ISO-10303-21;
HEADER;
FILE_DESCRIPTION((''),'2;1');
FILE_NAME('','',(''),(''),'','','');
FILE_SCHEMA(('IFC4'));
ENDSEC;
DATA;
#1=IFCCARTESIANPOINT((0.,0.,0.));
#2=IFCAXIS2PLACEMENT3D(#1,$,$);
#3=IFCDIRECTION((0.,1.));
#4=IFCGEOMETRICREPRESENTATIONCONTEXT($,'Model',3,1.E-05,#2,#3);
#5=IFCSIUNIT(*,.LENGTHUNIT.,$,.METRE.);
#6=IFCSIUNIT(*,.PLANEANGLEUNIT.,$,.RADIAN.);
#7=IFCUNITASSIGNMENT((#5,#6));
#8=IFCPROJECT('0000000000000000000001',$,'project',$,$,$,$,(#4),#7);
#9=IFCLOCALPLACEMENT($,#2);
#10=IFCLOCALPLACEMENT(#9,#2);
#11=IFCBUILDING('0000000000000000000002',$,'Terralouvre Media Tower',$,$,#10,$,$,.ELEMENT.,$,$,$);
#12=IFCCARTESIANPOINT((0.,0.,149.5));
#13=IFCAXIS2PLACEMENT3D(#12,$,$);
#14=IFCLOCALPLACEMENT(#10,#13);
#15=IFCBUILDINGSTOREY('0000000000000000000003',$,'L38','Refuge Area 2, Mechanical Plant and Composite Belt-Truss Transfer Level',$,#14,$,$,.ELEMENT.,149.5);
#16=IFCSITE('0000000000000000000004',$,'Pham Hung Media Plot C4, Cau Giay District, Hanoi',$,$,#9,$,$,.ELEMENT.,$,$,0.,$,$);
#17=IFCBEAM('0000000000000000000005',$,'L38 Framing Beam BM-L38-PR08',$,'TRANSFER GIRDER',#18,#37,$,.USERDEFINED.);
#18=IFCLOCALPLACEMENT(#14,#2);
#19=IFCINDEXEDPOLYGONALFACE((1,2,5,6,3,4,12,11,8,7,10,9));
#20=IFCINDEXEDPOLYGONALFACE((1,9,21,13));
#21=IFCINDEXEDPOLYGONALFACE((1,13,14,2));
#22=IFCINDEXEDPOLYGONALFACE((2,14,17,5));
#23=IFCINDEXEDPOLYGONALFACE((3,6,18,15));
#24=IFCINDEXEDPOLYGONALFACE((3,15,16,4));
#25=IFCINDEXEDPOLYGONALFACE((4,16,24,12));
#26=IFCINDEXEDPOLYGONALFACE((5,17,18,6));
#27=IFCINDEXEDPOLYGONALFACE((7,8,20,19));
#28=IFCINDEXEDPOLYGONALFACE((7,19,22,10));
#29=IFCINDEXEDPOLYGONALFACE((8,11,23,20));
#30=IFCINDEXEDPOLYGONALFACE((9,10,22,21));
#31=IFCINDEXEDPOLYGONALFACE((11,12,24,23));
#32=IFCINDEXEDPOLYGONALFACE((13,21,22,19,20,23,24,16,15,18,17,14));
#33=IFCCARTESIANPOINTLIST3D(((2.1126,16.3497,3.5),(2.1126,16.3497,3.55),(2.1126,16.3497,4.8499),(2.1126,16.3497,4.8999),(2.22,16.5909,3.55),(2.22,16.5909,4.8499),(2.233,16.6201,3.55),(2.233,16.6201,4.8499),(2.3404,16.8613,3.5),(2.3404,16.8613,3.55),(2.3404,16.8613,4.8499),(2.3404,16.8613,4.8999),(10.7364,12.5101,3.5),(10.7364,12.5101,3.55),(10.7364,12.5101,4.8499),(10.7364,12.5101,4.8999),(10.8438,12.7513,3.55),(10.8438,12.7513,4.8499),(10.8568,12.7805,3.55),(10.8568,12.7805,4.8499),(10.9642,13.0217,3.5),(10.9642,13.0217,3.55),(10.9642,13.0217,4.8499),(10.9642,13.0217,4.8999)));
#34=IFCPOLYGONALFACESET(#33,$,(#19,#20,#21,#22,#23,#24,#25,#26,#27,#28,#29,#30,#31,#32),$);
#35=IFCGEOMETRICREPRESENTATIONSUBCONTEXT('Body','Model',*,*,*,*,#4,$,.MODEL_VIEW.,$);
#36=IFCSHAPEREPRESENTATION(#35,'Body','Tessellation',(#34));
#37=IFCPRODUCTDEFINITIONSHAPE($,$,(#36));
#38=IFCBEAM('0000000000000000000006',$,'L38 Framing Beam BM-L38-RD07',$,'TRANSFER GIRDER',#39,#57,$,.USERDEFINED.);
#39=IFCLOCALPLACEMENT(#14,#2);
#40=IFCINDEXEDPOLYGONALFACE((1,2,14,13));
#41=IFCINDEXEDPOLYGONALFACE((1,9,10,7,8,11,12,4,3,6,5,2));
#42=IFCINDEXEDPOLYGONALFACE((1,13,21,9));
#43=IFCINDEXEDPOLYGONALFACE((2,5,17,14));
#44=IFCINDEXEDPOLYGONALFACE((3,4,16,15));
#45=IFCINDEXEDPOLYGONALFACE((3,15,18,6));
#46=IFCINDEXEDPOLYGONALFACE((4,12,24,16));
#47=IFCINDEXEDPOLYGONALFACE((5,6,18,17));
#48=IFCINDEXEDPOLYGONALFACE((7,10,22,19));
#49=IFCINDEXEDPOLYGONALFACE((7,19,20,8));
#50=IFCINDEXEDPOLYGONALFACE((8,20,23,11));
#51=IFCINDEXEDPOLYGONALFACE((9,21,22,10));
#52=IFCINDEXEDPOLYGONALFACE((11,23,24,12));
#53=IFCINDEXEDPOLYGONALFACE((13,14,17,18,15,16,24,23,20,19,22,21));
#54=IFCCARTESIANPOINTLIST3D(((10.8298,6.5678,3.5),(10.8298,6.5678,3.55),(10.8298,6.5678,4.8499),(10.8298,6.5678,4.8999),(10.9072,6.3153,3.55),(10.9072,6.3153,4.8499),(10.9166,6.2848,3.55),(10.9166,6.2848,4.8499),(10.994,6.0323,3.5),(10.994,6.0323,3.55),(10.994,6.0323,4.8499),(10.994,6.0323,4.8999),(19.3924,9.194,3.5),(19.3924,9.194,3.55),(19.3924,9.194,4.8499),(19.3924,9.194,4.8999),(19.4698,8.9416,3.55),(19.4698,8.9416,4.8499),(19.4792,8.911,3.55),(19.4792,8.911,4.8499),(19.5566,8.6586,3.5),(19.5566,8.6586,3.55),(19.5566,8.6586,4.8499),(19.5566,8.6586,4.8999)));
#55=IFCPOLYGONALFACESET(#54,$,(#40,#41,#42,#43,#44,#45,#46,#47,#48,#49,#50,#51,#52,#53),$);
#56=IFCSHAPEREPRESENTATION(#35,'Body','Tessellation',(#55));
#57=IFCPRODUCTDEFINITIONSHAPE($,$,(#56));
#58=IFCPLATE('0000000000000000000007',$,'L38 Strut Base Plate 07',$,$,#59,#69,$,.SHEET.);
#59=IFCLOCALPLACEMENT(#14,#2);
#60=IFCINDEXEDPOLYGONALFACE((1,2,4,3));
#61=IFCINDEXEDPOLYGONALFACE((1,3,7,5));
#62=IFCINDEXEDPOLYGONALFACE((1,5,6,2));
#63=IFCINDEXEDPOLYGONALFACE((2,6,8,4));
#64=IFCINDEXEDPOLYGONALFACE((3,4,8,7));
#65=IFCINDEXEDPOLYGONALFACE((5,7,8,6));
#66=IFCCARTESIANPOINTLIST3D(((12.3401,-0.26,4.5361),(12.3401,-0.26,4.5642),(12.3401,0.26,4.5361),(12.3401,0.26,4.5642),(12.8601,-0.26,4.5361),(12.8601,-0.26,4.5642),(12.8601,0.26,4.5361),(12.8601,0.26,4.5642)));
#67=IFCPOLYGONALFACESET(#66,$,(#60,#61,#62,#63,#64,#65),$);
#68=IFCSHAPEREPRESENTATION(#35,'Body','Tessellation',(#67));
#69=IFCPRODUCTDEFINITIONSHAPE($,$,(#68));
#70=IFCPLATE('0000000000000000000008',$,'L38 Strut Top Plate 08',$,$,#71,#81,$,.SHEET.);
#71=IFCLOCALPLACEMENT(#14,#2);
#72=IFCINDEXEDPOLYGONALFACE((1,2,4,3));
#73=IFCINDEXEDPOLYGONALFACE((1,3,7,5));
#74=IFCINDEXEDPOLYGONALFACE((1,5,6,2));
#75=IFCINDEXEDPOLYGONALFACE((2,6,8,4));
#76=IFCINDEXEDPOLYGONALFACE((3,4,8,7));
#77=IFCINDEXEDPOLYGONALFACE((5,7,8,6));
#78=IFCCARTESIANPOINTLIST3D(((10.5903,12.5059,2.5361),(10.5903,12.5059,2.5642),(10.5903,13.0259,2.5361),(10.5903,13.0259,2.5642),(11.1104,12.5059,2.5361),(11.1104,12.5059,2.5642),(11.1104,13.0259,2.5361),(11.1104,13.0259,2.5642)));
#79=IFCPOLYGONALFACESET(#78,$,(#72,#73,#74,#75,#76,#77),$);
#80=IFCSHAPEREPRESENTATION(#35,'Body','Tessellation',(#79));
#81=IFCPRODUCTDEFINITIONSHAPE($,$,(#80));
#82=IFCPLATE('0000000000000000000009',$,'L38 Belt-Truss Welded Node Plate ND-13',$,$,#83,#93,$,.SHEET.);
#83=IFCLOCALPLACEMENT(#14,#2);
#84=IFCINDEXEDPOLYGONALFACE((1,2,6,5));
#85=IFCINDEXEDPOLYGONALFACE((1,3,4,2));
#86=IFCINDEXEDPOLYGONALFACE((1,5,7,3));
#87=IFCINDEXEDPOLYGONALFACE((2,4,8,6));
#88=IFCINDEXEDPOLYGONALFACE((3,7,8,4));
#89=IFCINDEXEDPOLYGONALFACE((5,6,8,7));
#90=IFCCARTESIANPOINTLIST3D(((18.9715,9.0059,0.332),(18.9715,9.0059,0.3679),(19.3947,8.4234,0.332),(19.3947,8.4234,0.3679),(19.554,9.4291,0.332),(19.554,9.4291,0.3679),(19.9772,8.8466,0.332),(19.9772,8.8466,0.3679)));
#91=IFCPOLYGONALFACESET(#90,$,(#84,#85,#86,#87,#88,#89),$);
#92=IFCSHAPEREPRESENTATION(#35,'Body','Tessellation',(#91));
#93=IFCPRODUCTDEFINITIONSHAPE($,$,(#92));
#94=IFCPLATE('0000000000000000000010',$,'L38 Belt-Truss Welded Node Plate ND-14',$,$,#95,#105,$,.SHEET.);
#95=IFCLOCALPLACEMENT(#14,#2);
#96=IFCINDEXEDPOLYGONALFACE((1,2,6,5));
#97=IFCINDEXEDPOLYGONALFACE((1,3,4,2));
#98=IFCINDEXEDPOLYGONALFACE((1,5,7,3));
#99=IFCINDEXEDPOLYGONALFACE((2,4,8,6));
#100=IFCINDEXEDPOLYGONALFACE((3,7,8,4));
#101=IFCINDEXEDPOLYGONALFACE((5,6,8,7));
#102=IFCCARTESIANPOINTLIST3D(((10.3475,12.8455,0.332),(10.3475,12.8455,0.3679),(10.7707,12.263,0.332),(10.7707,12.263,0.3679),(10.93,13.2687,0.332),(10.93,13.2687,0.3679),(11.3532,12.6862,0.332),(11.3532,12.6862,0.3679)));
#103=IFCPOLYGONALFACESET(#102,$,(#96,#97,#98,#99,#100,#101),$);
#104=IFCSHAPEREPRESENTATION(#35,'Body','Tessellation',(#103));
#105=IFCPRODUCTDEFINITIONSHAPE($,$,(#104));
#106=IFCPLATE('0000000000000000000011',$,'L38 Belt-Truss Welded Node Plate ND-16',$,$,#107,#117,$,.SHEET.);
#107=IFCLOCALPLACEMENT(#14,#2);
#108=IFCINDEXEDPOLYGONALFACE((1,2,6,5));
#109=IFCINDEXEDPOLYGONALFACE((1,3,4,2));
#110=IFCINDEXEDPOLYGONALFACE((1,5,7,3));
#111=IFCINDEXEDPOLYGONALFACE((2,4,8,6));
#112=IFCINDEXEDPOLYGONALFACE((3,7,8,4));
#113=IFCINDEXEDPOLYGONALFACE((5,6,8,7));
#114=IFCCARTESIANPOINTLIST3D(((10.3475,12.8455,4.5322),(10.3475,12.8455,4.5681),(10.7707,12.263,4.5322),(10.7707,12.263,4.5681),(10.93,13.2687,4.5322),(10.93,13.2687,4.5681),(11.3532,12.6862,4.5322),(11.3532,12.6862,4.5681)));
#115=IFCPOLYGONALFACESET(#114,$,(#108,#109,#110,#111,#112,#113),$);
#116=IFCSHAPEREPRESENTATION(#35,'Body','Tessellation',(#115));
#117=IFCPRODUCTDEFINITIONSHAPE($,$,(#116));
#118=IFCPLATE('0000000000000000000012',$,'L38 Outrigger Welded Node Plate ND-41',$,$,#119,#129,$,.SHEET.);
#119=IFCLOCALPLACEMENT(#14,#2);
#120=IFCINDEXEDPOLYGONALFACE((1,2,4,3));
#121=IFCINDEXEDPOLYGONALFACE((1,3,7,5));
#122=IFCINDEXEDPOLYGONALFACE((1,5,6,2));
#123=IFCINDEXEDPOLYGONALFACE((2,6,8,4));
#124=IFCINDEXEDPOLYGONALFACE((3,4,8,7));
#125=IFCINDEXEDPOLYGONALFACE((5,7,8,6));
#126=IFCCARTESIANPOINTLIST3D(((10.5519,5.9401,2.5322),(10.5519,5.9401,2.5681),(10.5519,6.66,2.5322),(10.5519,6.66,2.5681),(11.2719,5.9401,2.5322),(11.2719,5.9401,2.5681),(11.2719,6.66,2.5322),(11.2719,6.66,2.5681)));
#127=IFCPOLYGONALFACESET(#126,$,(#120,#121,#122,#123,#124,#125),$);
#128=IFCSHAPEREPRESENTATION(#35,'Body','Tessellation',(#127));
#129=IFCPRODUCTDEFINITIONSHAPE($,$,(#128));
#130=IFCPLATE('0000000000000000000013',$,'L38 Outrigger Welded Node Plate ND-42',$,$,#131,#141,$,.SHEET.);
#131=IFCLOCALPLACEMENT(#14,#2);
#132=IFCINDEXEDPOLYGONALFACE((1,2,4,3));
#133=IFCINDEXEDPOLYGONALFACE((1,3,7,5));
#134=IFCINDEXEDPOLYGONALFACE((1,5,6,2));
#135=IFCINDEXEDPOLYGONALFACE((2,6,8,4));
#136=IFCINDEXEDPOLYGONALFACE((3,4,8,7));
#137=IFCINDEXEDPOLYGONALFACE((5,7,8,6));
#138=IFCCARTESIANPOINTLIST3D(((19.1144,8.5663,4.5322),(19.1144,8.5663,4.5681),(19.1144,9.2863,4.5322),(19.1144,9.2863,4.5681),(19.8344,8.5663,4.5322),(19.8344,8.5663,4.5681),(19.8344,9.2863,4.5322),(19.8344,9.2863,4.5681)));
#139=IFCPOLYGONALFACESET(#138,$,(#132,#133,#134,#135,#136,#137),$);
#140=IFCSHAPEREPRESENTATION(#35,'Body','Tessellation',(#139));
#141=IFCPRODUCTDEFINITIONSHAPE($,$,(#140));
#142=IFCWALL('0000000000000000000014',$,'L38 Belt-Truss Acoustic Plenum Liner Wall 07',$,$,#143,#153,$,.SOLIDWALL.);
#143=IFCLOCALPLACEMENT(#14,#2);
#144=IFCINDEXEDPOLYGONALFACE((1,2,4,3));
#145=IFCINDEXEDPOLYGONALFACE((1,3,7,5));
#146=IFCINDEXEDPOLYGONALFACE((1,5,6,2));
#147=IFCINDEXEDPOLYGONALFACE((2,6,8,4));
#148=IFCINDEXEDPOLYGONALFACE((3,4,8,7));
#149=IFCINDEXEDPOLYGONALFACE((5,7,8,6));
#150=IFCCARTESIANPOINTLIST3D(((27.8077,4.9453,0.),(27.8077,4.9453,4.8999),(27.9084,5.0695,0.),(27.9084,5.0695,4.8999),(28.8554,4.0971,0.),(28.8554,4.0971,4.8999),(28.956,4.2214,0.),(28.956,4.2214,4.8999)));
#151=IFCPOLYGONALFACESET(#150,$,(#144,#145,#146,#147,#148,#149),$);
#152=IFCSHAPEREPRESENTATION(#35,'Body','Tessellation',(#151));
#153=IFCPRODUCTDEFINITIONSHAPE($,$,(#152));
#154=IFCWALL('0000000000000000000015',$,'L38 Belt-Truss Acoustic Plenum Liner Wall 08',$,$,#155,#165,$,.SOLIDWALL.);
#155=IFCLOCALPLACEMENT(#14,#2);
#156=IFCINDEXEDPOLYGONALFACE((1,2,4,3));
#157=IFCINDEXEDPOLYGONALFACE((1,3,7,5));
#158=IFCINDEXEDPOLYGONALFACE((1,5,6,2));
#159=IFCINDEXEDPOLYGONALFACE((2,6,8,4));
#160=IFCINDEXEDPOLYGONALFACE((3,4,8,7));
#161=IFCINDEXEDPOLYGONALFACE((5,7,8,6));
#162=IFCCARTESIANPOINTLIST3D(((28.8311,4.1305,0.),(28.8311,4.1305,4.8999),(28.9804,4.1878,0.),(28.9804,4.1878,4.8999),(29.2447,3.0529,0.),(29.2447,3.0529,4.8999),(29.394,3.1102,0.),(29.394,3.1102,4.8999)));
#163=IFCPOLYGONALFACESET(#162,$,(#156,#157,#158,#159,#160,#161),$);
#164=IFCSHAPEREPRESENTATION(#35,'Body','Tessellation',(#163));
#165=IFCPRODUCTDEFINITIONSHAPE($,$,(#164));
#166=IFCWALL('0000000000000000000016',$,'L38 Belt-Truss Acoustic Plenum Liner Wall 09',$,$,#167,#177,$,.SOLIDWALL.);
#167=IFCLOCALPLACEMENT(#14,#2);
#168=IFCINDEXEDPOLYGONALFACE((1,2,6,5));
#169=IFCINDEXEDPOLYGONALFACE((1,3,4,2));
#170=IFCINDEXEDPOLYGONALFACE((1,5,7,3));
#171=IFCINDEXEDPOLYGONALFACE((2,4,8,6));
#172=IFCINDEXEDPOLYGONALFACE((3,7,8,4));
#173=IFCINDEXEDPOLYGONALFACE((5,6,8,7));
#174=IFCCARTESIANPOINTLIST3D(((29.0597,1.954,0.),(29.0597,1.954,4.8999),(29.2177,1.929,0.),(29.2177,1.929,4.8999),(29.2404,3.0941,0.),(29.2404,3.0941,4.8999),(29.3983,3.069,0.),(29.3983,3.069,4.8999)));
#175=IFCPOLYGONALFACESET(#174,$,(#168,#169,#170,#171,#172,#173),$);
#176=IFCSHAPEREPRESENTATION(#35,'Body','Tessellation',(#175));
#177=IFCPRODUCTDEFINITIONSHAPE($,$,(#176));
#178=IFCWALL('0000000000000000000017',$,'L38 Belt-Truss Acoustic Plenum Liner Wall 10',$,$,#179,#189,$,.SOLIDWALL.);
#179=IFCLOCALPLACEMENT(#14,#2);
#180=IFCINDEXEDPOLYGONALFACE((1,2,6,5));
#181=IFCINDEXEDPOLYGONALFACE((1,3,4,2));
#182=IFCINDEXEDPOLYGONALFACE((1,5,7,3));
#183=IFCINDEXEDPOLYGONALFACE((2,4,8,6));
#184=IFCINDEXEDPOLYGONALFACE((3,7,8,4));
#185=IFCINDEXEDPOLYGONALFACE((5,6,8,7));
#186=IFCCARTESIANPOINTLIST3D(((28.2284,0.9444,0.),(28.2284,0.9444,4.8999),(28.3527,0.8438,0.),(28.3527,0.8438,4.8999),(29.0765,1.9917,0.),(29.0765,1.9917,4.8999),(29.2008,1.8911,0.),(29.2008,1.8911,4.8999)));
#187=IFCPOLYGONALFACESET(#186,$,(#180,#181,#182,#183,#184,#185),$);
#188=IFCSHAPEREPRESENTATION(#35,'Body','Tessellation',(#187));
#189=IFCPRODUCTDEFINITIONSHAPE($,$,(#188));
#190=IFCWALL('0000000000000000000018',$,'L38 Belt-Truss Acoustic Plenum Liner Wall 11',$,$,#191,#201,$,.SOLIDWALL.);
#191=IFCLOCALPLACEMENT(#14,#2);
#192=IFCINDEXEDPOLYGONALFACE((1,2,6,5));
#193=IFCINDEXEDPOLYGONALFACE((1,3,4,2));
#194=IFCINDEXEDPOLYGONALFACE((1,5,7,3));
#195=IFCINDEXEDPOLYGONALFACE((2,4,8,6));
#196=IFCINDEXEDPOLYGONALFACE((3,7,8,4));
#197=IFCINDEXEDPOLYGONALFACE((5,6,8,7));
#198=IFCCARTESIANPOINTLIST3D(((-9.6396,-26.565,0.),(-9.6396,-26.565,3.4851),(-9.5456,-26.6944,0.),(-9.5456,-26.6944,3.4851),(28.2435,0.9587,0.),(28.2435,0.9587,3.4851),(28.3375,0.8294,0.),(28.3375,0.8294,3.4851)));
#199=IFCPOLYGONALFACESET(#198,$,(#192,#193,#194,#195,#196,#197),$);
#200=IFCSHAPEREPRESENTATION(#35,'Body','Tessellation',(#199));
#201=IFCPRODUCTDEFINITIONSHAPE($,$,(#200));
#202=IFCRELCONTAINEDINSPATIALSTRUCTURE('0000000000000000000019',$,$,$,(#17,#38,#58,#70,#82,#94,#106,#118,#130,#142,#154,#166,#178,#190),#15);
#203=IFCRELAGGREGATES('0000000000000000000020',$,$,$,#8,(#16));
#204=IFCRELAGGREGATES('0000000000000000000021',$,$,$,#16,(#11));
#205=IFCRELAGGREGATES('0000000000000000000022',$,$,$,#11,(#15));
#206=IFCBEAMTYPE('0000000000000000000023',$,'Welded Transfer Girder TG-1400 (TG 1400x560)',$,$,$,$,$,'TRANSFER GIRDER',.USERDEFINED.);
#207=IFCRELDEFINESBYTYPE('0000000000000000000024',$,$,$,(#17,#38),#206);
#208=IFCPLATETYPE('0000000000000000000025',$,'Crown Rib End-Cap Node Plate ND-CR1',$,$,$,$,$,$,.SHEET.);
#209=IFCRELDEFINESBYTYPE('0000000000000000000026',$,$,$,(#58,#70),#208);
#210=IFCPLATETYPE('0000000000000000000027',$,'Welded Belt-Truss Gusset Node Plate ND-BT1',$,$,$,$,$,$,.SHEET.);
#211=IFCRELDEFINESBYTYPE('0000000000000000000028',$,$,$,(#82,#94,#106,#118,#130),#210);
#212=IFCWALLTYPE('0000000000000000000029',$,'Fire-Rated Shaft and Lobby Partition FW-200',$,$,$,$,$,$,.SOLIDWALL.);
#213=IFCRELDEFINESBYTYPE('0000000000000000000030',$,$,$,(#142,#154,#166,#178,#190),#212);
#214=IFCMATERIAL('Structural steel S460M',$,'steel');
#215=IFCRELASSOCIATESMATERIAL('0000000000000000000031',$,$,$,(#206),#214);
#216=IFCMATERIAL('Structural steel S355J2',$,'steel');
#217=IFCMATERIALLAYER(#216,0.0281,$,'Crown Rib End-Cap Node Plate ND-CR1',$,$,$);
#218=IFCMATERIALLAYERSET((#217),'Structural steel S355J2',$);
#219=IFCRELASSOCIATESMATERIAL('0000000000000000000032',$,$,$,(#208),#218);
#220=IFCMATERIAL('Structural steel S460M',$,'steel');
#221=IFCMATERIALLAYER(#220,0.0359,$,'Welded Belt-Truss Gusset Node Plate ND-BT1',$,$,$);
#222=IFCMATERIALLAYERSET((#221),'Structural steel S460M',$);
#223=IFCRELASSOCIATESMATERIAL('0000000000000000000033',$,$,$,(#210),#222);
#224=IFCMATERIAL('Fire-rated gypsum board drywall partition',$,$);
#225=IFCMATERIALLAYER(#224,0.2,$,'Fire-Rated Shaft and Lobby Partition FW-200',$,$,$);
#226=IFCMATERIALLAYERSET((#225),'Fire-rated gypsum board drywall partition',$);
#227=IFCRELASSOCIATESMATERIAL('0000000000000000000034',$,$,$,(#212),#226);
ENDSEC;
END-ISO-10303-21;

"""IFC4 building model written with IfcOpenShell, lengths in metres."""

from ifc_helpers import new_model, si_unit, direction, frame, frame_2d, origin, origin_2d, place, context, subcontext, project, spatial, rectangle, i_section, extrude, material, layer, layer_set, material_profile, profile_set, type_object, element, save


model = new_model("IFC4")

# Units and contexts
model_context = context("Model", 3, precision=1e-05, world=origin(), true_north=direction((0.0, 1.0)))
body_context = subcontext(model_context, "Body", "Model", "MODEL_VIEW")
ifc_project = project(units=[si_unit("LENGTHUNIT", "METRE"), si_unit("PLANEANGLEUNIT", "RADIAN")], contexts=[model_context])

# Site, building, storey
site_placement = place(None, origin())
site = spatial("IfcSite", under=ifc_project, at=site_placement, Name="Pham Hung Media Plot C4, Cau Giay District, Hanoi", CompositionType="ELEMENT", RefElevation=0.0)
building_placement = place(site_placement, origin())
building = spatial("IfcBuilding", under=site, at=building_placement, Name="Terralouvre Media Tower", CompositionType="ELEMENT")
storey_placement = place(building_placement, frame((0.0, 0.0, 149.5)))
storey = spatial("IfcBuildingStorey", under=building, at=storey_placement, Name="L38", Description="Refuge Area 2, Mechanical Plant and Composite Belt-Truss Transfer Level", CompositionType="ELEMENT", Elevation=149.5)

# Beams
ifc_material_1 = material(Name="Structural steel S460M", Category="steel")
ifc_material_profile_1 = material_profile(ifc_material_1, i_section(OverallWidth=0.5601, OverallDepth=1.3999, WebThickness=0.032, FlangeThickness=0.05, at=origin_2d()), Name="TG 1400x560")
ifc_profile_set_1 = profile_set([ifc_material_profile_1], Name="Structural steel S460M")
beam_type_1 = type_object("IfcBeamType", Name="Welded Transfer Girder TG-1400 (TG 1400x560)", ElementType="TRANSFER GIRDER", PredefinedType="USERDEFINED", material=ifc_profile_set_1)
beam_1_placement = place(storey_placement, frame((10.8503, 12.7659, 4.2), z_axis=(-0.913544, 0.406741, 0.0), x_axis=(-0.406741, -0.913544, 0.0)))
element("IfcBeam", 1, at=beam_1_placement, inside=storey, type_object=beam_type_1, Name="L38 Framing Beam BM-L38-PR08", ObjectType="TRANSFER GIRDER", PredefinedType="USERDEFINED", context=body_context, shape_type="SweptSolid", body=[
    extrude(i_section(OverallWidth=0.5601, OverallDepth=1.3999, WebThickness=0.032, FlangeThickness=0.05, at=origin_2d()), origin(), (0.0, 0.0, 1.0), 9.4399),
])
beam_2_placement = place(storey_placement, frame((10.9119, 6.3, 4.2), z_axis=(0.956042, 0.293229, 0.0), x_axis=(-0.293229, 0.956042, 0.0)))
element("IfcBeam", 2, at=beam_2_placement, inside=storey, type_object=beam_type_1, Name="L38 Framing Beam BM-L38-RD07", ObjectType="TRANSFER GIRDER", PredefinedType="USERDEFINED", context=body_context, shape_type="SweptSolid", body=[
    extrude(i_section(OverallWidth=0.5601, OverallDepth=1.3999, WebThickness=0.032, FlangeThickness=0.05, at=origin_2d()), origin(), (0.0, 0.0, 1.0), 8.9563),
])

# Plates
ifc_material_2 = material(Name="Structural steel S355J2", Category="steel")
ifc_layer_1 = layer(ifc_material_2, 0.0281, Name="Crown Rib End-Cap Node Plate ND-CR1")
ifc_layer_set_1 = layer_set([ifc_layer_1], Name="Structural steel S355J2")
plate_type_1 = type_object("IfcPlateType", Name="Crown Rib End-Cap Node Plate ND-CR1", PredefinedType="SHEET", material=ifc_layer_set_1)
for number, where, z_axis, x_axis, name in (
    (3, (12.6001, 0.0, 4.5361), (0.0, 0.0, 1.0), (1.0, 0.0, 0.0), "L38 Strut Base Plate 07"),
    (4, (10.8503, 12.7659, 2.5361), (0.0, 0.0, 1.0), (1.0, 0.0, 0.0), "L38 Strut Top Plate 08"),
):
    element("IfcPlate", number, at=place(storey_placement, frame(where, z_axis=z_axis, x_axis=x_axis)), inside=storey, type_object=plate_type_1, Name=name, PredefinedType="SHEET", context=body_context, shape_type="SweptSolid", body=[
        extrude(rectangle(XDim=0.52, YDim=0.52, at=origin_2d()), origin(), (0.0, 0.0, 1.0), 0.0281),
    ])
ifc_material_3 = material(Name="Structural steel S460M", Category="steel")
ifc_layer_2 = layer(ifc_material_3, 0.0359, Name="Welded Belt-Truss Gusset Node Plate ND-BT1")
ifc_layer_set_2 = layer_set([ifc_layer_2], Name="Structural steel S460M")
plate_type_2 = type_object("IfcPlateType", Name="Welded Belt-Truss Gusset Node Plate ND-BT1", PredefinedType="SHEET", material=ifc_layer_set_2)
for number, where, z_axis, x_axis, name in (
    (5, (19.4744, 8.9263, 0.332), (0.0, 0.0, 1.0), (0.809017, 0.587785, 0.0), "L38 Belt-Truss Welded Node Plate ND-13"),
    (6, (10.8503, 12.7659, 0.332), (0.0, 0.0, 1.0), (0.809017, 0.587785, 0.0), "L38 Belt-Truss Welded Node Plate ND-14"),
    (7, (10.8503, 12.7659, 4.5322), (0.0, 0.0, 1.0), (0.809017, 0.587785, 0.0), "L38 Belt-Truss Welded Node Plate ND-16"),
    (8, (10.9119, 6.3, 2.5322), (0.0, 0.0, 1.0), (1.0, 0.0, 0.0), "L38 Outrigger Welded Node Plate ND-41"),
    (9, (19.4744, 8.9263, 4.5322), (0.0, 0.0, 1.0), (1.0, 0.0, 0.0), "L38 Outrigger Welded Node Plate ND-42"),
):
    element("IfcPlate", number, at=place(storey_placement, frame(where, z_axis=z_axis, x_axis=x_axis)), inside=storey, type_object=plate_type_2, Name=name, PredefinedType="SHEET", context=body_context, shape_type="SweptSolid", body=[
        extrude(rectangle(XDim=0.72, YDim=0.72, at=origin_2d()), origin(), (0.0, 0.0, 1.0), 0.0359),
    ])

# Walls
ifc_material_4 = material(Name="Fire-rated gypsum board drywall partition")
ifc_layer_3 = layer(ifc_material_4, 0.2, Name="Fire-Rated Shaft and Lobby Partition FW-200")
ifc_layer_set_3 = layer_set([ifc_layer_3], Name="Fire-rated gypsum board drywall partition")
wall_type_1 = type_object("IfcWallType", Name="Fire-Rated Shaft and Lobby Partition FW-200", PredefinedType="SOLIDWALL", material=ifc_layer_set_3)
wall_1_placement = place(storey_placement, frame((27.8582, 5.0073, 0.0), z_axis=(0.0, 0.0, 1.0), x_axis=(0.777215, -0.629235, 0.0)))
element("IfcWall", 10, at=wall_1_placement, inside=storey, type_object=wall_type_1, Name="L38 Belt-Truss Acoustic Plenum Liner Wall 07", PredefinedType="SOLIDWALL", context=body_context, shape_type="SweptSolid", body=[
    extrude(rectangle(XDim=1.3479, YDim=0.1599, at=frame_2d((0.6738, 0.0))), origin(), (0.0, 0.0, 1.0), 4.8999),
])
for number, where, z_axis, x_axis, name in (
    (11, (28.9058, 4.1592, 0.0), (0.0, 0.0, 1.0), (0.358299, -0.933607, 0.0), "L38 Belt-Truss Acoustic Plenum Liner Wall 08"),
    (12, (29.3193, 3.0815, 0.0), (0.0, 0.0, 1.0), (-0.156506, -0.987677, 0.0), "L38 Belt-Truss Acoustic Plenum Liner Wall 09"),
):
    element("IfcWall", number, at=place(storey_placement, frame(where, z_axis=z_axis, x_axis=x_axis)), inside=storey, type_object=wall_type_1, Name=name, PredefinedType="SOLIDWALL", context=body_context, shape_type="SweptSolid", body=[
        extrude(rectangle(XDim=1.1543, YDim=0.1599, at=frame_2d((0.5771, 0.0))), origin(), (0.0, 0.0, 1.0), 4.8999),
    ])
wall_2_placement = place(storey_placement, frame((29.1387, 1.9414, 0.0), z_axis=(0.0, 0.0, 1.0), x_axis=(-0.629323, -0.777144, 0.0)))
element("IfcWall", 13, at=wall_2_placement, inside=storey, type_object=wall_type_1, Name="L38 Belt-Truss Acoustic Plenum Liner Wall 10", PredefinedType="SOLIDWALL", context=body_context, shape_type="SweptSolid", body=[
    extrude(rectangle(XDim=1.3477, YDim=0.1599, at=frame_2d((0.6738, 0.0))), origin(), (0.0, 0.0, 1.0), 4.8999),
])
wall_3_placement = place(storey_placement, frame((28.2905, 0.894, 0.0), z_axis=(0.0, 0.0, 1.0), x_axis=(-0.809017, -0.587786, 0.0)))
element("IfcWall", 14, at=wall_3_placement, inside=storey, type_object=wall_type_1, Name="L38 Belt-Truss Acoustic Plenum Liner Wall 11", PredefinedType="SOLIDWALL", context=body_context, shape_type="SweptSolid", body=[
    extrude(rectangle(XDim=46.8262, YDim=0.1599, at=frame_2d((23.4131, 0.0))), origin(), (0.0, 0.0, 1.0), 3.4851),
])

save(model, "model.ifc")
